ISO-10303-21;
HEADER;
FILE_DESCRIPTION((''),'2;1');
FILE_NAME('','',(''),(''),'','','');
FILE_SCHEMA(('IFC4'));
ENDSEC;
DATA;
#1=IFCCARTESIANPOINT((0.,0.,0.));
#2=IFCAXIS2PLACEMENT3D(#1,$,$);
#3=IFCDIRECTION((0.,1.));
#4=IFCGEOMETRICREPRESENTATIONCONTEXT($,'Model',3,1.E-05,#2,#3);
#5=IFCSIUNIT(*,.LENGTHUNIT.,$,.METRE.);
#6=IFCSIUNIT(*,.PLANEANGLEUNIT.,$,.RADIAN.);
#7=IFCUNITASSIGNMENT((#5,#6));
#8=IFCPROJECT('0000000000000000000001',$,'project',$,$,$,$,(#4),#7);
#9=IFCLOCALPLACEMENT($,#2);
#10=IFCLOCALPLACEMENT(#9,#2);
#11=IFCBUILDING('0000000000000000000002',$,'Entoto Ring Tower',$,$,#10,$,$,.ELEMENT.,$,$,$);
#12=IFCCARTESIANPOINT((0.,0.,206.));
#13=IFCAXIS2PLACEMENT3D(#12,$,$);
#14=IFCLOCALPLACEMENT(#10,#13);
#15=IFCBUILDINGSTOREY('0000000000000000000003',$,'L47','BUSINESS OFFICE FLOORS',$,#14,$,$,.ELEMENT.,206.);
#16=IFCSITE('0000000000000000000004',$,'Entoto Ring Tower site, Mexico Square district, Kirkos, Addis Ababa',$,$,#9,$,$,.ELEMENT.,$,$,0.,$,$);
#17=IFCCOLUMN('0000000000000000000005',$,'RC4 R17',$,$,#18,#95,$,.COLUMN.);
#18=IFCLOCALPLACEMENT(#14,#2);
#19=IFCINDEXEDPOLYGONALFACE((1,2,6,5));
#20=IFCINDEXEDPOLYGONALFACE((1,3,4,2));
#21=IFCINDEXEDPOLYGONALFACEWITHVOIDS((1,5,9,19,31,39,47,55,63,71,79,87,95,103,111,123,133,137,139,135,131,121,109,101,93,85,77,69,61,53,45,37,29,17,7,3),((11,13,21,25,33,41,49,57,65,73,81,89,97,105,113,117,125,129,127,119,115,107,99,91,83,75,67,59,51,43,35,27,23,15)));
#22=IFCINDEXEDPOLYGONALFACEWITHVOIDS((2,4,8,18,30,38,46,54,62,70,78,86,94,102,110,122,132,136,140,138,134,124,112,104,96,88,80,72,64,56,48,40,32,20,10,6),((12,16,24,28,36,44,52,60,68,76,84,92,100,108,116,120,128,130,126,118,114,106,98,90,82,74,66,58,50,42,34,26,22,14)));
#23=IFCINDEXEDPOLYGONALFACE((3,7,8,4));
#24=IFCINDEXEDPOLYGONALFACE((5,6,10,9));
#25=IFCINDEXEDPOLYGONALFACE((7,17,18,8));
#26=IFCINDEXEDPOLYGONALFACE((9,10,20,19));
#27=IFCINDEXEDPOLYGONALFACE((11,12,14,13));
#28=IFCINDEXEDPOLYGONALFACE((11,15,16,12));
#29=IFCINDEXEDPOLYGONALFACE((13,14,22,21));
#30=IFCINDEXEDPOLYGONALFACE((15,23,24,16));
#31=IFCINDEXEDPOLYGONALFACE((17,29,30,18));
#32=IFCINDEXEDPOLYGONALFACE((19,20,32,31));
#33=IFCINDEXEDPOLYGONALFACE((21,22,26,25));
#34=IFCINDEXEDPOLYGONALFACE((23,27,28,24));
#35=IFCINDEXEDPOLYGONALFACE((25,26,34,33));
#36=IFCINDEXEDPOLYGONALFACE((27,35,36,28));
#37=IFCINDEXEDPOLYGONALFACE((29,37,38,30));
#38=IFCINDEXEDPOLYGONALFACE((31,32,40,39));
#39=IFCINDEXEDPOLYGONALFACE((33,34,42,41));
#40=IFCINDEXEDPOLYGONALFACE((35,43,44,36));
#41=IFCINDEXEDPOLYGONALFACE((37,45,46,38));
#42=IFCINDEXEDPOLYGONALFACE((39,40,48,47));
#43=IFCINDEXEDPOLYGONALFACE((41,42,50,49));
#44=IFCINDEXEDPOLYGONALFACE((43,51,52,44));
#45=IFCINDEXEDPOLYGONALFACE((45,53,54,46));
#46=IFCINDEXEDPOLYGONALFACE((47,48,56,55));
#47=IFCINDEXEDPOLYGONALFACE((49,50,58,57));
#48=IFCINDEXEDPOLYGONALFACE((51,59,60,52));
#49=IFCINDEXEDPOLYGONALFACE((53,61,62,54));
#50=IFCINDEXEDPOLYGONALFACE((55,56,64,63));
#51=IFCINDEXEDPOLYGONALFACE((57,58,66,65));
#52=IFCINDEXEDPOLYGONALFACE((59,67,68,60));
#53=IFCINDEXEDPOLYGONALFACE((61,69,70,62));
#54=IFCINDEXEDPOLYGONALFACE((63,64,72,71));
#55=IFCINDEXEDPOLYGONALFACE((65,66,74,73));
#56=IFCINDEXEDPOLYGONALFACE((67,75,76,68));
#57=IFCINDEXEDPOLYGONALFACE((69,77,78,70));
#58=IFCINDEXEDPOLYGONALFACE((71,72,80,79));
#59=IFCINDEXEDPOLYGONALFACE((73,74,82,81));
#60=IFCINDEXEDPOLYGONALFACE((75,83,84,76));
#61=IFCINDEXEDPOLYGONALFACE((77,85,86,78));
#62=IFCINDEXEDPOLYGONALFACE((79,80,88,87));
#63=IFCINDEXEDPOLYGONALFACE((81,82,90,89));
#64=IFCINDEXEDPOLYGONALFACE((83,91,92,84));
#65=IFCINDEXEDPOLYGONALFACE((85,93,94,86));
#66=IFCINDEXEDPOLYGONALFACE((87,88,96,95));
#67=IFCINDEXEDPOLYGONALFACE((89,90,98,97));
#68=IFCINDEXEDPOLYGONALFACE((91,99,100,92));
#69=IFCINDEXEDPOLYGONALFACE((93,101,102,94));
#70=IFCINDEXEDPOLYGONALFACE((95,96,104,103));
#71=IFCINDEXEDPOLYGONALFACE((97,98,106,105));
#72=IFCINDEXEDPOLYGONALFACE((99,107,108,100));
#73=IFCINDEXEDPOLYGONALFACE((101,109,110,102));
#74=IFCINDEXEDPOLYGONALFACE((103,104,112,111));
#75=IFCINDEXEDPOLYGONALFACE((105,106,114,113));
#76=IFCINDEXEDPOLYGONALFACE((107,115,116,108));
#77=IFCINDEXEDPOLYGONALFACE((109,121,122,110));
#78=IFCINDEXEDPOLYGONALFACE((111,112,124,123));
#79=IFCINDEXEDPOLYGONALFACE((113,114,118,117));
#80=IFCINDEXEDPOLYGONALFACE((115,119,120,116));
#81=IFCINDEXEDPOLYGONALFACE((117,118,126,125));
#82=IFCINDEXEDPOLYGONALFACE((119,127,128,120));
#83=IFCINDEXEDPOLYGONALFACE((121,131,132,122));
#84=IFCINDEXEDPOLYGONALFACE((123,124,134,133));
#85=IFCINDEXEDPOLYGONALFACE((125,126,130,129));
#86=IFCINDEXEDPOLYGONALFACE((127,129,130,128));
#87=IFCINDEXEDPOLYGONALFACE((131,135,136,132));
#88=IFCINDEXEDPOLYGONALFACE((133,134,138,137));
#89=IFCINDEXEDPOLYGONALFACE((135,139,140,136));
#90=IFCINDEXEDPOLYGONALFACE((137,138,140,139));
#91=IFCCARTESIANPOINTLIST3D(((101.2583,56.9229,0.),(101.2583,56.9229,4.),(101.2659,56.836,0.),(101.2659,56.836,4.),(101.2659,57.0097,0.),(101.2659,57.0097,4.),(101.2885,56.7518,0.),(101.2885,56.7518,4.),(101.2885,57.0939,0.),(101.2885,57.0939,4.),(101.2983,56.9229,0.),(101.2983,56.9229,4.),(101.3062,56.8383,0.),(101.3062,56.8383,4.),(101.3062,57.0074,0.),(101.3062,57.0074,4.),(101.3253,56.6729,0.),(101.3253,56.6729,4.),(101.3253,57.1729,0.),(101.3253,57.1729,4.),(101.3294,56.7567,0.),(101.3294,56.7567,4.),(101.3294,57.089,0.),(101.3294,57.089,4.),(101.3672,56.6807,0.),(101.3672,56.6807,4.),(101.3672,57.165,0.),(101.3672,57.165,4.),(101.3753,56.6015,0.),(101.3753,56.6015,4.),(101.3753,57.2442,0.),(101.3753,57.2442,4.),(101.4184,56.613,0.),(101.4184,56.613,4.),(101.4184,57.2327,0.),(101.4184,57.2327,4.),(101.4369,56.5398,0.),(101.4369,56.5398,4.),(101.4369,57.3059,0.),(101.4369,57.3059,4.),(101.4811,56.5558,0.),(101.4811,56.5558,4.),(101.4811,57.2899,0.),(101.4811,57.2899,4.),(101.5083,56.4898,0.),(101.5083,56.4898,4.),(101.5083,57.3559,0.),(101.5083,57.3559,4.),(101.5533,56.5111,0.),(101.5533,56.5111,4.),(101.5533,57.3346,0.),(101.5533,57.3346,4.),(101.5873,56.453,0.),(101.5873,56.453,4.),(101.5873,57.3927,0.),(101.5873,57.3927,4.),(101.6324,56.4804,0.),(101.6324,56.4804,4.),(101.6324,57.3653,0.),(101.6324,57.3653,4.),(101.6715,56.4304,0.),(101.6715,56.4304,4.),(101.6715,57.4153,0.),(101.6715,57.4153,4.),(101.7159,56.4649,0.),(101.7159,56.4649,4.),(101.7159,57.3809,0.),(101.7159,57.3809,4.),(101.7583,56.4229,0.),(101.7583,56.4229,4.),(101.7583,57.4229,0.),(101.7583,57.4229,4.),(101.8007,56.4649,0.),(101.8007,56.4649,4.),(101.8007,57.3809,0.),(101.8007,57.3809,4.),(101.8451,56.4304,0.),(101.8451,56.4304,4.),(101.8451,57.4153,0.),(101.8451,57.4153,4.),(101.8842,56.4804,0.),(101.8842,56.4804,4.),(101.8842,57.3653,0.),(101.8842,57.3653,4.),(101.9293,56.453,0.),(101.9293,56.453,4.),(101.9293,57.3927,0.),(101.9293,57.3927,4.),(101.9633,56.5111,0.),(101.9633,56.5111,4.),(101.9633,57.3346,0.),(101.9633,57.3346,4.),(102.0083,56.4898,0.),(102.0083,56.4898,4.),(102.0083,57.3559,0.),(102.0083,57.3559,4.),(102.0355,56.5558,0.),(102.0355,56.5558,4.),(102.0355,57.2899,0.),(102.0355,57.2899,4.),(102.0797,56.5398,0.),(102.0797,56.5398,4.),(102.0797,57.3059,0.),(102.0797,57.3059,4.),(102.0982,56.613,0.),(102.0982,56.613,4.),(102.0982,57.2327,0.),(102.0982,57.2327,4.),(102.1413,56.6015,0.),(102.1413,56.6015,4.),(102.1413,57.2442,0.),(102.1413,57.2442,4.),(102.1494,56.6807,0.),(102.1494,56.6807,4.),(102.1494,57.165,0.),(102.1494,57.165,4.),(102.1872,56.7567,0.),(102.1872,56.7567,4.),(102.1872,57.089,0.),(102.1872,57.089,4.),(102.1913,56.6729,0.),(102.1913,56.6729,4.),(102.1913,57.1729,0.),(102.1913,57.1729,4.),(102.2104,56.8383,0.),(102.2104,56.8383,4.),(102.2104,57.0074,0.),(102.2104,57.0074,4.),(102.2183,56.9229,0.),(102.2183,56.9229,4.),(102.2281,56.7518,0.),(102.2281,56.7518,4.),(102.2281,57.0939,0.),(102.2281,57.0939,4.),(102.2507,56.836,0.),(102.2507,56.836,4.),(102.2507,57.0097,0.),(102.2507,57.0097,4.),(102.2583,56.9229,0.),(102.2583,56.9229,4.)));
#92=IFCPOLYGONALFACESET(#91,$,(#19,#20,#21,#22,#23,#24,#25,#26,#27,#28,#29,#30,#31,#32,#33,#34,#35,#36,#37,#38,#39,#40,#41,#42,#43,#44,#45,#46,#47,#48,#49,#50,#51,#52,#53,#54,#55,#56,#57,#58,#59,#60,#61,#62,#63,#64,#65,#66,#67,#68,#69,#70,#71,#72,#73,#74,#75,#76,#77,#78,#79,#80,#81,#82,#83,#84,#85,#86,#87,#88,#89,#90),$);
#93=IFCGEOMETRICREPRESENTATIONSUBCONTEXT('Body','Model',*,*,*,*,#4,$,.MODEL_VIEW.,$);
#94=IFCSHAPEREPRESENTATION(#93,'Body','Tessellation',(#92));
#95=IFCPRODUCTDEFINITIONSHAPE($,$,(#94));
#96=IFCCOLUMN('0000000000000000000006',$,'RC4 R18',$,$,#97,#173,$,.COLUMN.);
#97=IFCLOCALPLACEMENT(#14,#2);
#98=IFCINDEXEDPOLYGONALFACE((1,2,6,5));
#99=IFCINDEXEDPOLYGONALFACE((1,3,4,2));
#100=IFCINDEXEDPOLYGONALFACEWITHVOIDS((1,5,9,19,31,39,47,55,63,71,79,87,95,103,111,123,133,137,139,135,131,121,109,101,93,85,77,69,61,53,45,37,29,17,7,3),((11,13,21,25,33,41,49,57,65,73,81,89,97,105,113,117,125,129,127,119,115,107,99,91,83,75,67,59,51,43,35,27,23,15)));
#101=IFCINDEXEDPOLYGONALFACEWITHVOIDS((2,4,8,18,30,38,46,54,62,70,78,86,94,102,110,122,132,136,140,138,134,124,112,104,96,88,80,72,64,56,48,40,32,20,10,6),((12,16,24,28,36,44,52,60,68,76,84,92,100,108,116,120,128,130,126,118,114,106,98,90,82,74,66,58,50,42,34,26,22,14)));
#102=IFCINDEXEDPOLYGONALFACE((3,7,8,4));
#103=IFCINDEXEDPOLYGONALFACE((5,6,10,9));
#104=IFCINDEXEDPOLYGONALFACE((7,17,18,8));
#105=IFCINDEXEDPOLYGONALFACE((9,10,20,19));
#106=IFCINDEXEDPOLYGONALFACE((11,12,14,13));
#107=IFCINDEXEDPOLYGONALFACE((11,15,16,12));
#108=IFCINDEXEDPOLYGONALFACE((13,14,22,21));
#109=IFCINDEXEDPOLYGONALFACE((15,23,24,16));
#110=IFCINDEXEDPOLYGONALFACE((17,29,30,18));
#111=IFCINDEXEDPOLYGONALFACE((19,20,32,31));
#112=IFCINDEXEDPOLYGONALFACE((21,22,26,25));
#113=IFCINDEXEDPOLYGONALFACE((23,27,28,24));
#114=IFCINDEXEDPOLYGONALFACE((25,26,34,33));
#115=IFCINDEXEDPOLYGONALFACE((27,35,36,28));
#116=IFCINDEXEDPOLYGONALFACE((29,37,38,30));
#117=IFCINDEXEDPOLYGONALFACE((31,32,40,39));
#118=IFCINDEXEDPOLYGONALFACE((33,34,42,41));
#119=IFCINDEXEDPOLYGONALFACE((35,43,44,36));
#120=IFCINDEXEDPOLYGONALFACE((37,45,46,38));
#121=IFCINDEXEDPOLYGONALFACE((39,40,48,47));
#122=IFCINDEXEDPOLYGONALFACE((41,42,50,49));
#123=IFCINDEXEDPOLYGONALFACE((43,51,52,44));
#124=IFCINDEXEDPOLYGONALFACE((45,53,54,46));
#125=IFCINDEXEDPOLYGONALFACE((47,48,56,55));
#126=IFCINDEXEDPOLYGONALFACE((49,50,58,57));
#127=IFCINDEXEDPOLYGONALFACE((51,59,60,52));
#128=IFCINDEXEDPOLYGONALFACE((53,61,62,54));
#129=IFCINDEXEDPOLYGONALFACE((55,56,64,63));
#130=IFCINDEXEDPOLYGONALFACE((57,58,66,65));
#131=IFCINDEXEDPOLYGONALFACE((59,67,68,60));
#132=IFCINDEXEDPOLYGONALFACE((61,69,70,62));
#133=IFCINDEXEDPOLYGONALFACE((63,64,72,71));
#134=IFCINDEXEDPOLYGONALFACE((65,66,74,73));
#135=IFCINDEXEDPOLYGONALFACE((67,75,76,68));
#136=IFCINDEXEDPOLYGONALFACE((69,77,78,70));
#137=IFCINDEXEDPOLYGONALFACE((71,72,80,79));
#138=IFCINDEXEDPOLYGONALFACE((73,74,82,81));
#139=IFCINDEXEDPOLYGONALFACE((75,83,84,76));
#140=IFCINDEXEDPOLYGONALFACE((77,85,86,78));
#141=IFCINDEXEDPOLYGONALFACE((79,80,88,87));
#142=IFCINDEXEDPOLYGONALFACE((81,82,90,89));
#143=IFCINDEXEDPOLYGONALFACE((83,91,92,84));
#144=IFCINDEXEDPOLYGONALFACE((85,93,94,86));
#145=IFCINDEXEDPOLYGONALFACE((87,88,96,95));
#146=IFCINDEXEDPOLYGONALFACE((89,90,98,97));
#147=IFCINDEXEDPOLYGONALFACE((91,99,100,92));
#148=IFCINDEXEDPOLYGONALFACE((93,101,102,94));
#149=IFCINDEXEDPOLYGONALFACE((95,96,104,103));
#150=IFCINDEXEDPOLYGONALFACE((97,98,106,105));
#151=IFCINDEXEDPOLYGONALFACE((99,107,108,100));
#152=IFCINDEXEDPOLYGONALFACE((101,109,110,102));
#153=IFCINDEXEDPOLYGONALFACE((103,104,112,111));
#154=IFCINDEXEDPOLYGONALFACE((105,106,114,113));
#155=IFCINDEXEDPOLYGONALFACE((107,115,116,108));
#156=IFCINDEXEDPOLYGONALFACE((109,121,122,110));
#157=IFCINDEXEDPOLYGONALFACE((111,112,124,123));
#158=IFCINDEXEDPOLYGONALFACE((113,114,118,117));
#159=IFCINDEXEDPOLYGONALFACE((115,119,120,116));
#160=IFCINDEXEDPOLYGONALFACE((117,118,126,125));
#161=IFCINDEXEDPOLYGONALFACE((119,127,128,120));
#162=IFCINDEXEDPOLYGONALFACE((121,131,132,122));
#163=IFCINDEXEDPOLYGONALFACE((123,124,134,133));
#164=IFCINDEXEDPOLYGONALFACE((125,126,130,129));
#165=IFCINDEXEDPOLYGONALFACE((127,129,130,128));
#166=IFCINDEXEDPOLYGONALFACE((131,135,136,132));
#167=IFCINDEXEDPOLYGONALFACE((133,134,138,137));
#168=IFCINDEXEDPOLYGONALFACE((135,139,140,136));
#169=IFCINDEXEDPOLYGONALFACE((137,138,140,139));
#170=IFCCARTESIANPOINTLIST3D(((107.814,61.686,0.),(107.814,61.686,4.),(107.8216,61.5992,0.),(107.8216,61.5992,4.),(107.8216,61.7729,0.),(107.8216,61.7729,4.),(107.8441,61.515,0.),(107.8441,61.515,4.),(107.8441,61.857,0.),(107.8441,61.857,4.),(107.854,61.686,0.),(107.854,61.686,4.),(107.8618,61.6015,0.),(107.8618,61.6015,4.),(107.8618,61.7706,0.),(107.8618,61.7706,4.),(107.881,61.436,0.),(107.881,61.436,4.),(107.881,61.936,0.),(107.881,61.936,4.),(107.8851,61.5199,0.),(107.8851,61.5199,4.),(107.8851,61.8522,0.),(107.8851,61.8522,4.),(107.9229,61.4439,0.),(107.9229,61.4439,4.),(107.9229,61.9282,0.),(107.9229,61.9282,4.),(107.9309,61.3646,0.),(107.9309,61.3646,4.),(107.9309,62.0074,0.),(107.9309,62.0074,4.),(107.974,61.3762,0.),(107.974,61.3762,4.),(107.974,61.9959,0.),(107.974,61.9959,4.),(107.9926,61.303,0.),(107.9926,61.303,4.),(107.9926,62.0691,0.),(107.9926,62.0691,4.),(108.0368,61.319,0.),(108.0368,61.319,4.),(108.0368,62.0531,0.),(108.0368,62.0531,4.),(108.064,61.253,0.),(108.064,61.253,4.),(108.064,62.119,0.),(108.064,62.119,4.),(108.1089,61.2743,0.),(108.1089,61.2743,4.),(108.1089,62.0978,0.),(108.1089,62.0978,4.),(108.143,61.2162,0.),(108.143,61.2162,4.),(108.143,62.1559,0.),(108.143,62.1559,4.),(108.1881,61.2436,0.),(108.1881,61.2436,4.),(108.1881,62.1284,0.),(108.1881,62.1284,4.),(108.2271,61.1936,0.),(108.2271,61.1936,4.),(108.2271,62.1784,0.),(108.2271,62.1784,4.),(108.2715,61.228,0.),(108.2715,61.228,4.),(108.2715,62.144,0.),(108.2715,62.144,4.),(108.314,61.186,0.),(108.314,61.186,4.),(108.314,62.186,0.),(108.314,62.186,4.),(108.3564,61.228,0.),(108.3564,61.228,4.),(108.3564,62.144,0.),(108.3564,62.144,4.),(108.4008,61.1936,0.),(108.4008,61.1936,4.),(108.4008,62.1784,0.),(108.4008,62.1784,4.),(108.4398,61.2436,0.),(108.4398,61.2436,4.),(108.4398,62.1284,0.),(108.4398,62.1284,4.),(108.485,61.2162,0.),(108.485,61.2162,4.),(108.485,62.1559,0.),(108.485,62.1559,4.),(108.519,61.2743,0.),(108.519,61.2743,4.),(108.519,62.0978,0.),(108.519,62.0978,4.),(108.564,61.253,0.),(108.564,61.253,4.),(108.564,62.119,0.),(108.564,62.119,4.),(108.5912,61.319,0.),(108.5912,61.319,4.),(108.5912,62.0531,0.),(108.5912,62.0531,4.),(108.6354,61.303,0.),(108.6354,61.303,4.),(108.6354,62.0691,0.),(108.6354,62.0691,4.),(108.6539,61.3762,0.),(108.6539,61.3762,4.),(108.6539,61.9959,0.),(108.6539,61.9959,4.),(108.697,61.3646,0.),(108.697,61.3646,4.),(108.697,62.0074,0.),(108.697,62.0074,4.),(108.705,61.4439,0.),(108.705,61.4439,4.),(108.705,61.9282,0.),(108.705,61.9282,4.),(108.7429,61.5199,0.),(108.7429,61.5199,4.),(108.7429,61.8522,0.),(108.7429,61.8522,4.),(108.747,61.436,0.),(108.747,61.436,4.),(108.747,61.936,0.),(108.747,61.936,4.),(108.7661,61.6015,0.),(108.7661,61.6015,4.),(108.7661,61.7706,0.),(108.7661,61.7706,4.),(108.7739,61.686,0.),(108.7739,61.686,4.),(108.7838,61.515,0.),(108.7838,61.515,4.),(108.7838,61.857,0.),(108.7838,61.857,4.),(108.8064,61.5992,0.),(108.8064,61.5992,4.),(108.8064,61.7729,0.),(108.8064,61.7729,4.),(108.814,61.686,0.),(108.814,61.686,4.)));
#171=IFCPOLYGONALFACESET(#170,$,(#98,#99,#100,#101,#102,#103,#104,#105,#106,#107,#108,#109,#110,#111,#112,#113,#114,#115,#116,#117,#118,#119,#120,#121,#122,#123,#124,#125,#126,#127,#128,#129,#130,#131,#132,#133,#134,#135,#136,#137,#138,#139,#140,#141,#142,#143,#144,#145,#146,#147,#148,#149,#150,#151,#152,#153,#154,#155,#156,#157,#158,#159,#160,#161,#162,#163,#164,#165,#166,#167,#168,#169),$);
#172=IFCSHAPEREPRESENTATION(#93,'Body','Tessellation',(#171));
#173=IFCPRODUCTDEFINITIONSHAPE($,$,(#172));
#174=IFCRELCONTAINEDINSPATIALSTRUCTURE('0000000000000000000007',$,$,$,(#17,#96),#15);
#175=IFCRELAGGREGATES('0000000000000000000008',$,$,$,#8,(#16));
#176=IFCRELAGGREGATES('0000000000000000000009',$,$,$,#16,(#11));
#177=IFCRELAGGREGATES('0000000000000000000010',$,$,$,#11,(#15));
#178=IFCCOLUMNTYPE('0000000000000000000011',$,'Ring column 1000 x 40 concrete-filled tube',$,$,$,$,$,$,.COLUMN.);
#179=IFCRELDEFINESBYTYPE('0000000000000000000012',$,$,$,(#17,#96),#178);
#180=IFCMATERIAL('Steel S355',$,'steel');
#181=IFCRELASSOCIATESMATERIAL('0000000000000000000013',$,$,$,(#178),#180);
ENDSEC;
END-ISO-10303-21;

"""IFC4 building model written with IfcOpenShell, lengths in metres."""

from ifc_helpers import new_model, si_unit, direction, frame, origin, origin_2d, place, context, subcontext, project, spatial, circle, hollow_circle, extrude, material, material_profile, profile_set, type_object, element, save


model = new_model("IFC4")

# Units and contexts
model_context = context("Model", 3, precision=1e-05, world=origin(), true_north=direction((0.0, 1.0)))
body_context = subcontext(model_context, "Body", "Model", "MODEL_VIEW")
ifc_project = project(units=[si_unit("LENGTHUNIT", "METRE"), si_unit("PLANEANGLEUNIT", "RADIAN")], contexts=[model_context])

# Site, building, storey
site_placement = place(None, origin())
site = spatial("IfcSite", under=ifc_project, at=site_placement, Name="Entoto Ring Tower site, Mexico Square district, Kirkos, Addis Ababa", CompositionType="ELEMENT", RefElevation=0.0)
building_placement = place(site_placement, origin())
building = spatial("IfcBuilding", under=site, at=building_placement, Name="Entoto Ring Tower", CompositionType="ELEMENT")
storey_placement = place(building_placement, frame((0.0, 0.0, 206.0)))
storey = spatial("IfcBuildingStorey", under=building, at=storey_placement, Name="L47", Description="BUSINESS OFFICE FLOORS", CompositionType="ELEMENT", Elevation=206.0)

# Columns
ifc_material_1 = material(Name="Steel S355", Category="steel")
ifc_material_profile_1 = material_profile(ifc_material_1, hollow_circle(Radius=0.5, WallThickness=0.04, at=origin_2d()), Name="CHS 1000 x 40")
ifc_material_2 = material(Name="Concrete C60/75", Category="concrete")
ifc_material_profile_2 = material_profile(ifc_material_2, circle(Radius=0.46, at=origin_2d()), Name="Concrete C60/75 infill")
ifc_profile_set_1 = profile_set([ifc_material_profile_1, ifc_material_profile_2], Name="Steel S355")
column_type = type_object("IfcColumnType", Name="Ring column 1000 x 40 concrete-filled tube", PredefinedType="COLUMN", material=ifc_profile_set_1)
for number, where, z_axis, x_axis, name in (
    (1, (101.7583, 56.9229, 0.0), (0.0, 0.0, 1.0), (1.0, 0.0, 0.0), "RC4 R17"),
    (2, (108.314, 61.686, 0.0), (0.0, 0.0, 1.0), (1.0, 0.0, 0.0), "RC4 R18"),
):
    element("IfcColumn", number, at=place(storey_placement, frame(where, z_axis=z_axis, x_axis=x_axis)), inside=storey, type_object=column_type, Name=name, PredefinedType="COLUMN", context=body_context, shape_type="SweptSolid", body=[
        extrude(hollow_circle(Radius=0.5, WallThickness=0.04, at=origin_2d()), origin(), (0.0, 0.0, 1.0), 4.0),
    ])

save(model, "model.ifc")
